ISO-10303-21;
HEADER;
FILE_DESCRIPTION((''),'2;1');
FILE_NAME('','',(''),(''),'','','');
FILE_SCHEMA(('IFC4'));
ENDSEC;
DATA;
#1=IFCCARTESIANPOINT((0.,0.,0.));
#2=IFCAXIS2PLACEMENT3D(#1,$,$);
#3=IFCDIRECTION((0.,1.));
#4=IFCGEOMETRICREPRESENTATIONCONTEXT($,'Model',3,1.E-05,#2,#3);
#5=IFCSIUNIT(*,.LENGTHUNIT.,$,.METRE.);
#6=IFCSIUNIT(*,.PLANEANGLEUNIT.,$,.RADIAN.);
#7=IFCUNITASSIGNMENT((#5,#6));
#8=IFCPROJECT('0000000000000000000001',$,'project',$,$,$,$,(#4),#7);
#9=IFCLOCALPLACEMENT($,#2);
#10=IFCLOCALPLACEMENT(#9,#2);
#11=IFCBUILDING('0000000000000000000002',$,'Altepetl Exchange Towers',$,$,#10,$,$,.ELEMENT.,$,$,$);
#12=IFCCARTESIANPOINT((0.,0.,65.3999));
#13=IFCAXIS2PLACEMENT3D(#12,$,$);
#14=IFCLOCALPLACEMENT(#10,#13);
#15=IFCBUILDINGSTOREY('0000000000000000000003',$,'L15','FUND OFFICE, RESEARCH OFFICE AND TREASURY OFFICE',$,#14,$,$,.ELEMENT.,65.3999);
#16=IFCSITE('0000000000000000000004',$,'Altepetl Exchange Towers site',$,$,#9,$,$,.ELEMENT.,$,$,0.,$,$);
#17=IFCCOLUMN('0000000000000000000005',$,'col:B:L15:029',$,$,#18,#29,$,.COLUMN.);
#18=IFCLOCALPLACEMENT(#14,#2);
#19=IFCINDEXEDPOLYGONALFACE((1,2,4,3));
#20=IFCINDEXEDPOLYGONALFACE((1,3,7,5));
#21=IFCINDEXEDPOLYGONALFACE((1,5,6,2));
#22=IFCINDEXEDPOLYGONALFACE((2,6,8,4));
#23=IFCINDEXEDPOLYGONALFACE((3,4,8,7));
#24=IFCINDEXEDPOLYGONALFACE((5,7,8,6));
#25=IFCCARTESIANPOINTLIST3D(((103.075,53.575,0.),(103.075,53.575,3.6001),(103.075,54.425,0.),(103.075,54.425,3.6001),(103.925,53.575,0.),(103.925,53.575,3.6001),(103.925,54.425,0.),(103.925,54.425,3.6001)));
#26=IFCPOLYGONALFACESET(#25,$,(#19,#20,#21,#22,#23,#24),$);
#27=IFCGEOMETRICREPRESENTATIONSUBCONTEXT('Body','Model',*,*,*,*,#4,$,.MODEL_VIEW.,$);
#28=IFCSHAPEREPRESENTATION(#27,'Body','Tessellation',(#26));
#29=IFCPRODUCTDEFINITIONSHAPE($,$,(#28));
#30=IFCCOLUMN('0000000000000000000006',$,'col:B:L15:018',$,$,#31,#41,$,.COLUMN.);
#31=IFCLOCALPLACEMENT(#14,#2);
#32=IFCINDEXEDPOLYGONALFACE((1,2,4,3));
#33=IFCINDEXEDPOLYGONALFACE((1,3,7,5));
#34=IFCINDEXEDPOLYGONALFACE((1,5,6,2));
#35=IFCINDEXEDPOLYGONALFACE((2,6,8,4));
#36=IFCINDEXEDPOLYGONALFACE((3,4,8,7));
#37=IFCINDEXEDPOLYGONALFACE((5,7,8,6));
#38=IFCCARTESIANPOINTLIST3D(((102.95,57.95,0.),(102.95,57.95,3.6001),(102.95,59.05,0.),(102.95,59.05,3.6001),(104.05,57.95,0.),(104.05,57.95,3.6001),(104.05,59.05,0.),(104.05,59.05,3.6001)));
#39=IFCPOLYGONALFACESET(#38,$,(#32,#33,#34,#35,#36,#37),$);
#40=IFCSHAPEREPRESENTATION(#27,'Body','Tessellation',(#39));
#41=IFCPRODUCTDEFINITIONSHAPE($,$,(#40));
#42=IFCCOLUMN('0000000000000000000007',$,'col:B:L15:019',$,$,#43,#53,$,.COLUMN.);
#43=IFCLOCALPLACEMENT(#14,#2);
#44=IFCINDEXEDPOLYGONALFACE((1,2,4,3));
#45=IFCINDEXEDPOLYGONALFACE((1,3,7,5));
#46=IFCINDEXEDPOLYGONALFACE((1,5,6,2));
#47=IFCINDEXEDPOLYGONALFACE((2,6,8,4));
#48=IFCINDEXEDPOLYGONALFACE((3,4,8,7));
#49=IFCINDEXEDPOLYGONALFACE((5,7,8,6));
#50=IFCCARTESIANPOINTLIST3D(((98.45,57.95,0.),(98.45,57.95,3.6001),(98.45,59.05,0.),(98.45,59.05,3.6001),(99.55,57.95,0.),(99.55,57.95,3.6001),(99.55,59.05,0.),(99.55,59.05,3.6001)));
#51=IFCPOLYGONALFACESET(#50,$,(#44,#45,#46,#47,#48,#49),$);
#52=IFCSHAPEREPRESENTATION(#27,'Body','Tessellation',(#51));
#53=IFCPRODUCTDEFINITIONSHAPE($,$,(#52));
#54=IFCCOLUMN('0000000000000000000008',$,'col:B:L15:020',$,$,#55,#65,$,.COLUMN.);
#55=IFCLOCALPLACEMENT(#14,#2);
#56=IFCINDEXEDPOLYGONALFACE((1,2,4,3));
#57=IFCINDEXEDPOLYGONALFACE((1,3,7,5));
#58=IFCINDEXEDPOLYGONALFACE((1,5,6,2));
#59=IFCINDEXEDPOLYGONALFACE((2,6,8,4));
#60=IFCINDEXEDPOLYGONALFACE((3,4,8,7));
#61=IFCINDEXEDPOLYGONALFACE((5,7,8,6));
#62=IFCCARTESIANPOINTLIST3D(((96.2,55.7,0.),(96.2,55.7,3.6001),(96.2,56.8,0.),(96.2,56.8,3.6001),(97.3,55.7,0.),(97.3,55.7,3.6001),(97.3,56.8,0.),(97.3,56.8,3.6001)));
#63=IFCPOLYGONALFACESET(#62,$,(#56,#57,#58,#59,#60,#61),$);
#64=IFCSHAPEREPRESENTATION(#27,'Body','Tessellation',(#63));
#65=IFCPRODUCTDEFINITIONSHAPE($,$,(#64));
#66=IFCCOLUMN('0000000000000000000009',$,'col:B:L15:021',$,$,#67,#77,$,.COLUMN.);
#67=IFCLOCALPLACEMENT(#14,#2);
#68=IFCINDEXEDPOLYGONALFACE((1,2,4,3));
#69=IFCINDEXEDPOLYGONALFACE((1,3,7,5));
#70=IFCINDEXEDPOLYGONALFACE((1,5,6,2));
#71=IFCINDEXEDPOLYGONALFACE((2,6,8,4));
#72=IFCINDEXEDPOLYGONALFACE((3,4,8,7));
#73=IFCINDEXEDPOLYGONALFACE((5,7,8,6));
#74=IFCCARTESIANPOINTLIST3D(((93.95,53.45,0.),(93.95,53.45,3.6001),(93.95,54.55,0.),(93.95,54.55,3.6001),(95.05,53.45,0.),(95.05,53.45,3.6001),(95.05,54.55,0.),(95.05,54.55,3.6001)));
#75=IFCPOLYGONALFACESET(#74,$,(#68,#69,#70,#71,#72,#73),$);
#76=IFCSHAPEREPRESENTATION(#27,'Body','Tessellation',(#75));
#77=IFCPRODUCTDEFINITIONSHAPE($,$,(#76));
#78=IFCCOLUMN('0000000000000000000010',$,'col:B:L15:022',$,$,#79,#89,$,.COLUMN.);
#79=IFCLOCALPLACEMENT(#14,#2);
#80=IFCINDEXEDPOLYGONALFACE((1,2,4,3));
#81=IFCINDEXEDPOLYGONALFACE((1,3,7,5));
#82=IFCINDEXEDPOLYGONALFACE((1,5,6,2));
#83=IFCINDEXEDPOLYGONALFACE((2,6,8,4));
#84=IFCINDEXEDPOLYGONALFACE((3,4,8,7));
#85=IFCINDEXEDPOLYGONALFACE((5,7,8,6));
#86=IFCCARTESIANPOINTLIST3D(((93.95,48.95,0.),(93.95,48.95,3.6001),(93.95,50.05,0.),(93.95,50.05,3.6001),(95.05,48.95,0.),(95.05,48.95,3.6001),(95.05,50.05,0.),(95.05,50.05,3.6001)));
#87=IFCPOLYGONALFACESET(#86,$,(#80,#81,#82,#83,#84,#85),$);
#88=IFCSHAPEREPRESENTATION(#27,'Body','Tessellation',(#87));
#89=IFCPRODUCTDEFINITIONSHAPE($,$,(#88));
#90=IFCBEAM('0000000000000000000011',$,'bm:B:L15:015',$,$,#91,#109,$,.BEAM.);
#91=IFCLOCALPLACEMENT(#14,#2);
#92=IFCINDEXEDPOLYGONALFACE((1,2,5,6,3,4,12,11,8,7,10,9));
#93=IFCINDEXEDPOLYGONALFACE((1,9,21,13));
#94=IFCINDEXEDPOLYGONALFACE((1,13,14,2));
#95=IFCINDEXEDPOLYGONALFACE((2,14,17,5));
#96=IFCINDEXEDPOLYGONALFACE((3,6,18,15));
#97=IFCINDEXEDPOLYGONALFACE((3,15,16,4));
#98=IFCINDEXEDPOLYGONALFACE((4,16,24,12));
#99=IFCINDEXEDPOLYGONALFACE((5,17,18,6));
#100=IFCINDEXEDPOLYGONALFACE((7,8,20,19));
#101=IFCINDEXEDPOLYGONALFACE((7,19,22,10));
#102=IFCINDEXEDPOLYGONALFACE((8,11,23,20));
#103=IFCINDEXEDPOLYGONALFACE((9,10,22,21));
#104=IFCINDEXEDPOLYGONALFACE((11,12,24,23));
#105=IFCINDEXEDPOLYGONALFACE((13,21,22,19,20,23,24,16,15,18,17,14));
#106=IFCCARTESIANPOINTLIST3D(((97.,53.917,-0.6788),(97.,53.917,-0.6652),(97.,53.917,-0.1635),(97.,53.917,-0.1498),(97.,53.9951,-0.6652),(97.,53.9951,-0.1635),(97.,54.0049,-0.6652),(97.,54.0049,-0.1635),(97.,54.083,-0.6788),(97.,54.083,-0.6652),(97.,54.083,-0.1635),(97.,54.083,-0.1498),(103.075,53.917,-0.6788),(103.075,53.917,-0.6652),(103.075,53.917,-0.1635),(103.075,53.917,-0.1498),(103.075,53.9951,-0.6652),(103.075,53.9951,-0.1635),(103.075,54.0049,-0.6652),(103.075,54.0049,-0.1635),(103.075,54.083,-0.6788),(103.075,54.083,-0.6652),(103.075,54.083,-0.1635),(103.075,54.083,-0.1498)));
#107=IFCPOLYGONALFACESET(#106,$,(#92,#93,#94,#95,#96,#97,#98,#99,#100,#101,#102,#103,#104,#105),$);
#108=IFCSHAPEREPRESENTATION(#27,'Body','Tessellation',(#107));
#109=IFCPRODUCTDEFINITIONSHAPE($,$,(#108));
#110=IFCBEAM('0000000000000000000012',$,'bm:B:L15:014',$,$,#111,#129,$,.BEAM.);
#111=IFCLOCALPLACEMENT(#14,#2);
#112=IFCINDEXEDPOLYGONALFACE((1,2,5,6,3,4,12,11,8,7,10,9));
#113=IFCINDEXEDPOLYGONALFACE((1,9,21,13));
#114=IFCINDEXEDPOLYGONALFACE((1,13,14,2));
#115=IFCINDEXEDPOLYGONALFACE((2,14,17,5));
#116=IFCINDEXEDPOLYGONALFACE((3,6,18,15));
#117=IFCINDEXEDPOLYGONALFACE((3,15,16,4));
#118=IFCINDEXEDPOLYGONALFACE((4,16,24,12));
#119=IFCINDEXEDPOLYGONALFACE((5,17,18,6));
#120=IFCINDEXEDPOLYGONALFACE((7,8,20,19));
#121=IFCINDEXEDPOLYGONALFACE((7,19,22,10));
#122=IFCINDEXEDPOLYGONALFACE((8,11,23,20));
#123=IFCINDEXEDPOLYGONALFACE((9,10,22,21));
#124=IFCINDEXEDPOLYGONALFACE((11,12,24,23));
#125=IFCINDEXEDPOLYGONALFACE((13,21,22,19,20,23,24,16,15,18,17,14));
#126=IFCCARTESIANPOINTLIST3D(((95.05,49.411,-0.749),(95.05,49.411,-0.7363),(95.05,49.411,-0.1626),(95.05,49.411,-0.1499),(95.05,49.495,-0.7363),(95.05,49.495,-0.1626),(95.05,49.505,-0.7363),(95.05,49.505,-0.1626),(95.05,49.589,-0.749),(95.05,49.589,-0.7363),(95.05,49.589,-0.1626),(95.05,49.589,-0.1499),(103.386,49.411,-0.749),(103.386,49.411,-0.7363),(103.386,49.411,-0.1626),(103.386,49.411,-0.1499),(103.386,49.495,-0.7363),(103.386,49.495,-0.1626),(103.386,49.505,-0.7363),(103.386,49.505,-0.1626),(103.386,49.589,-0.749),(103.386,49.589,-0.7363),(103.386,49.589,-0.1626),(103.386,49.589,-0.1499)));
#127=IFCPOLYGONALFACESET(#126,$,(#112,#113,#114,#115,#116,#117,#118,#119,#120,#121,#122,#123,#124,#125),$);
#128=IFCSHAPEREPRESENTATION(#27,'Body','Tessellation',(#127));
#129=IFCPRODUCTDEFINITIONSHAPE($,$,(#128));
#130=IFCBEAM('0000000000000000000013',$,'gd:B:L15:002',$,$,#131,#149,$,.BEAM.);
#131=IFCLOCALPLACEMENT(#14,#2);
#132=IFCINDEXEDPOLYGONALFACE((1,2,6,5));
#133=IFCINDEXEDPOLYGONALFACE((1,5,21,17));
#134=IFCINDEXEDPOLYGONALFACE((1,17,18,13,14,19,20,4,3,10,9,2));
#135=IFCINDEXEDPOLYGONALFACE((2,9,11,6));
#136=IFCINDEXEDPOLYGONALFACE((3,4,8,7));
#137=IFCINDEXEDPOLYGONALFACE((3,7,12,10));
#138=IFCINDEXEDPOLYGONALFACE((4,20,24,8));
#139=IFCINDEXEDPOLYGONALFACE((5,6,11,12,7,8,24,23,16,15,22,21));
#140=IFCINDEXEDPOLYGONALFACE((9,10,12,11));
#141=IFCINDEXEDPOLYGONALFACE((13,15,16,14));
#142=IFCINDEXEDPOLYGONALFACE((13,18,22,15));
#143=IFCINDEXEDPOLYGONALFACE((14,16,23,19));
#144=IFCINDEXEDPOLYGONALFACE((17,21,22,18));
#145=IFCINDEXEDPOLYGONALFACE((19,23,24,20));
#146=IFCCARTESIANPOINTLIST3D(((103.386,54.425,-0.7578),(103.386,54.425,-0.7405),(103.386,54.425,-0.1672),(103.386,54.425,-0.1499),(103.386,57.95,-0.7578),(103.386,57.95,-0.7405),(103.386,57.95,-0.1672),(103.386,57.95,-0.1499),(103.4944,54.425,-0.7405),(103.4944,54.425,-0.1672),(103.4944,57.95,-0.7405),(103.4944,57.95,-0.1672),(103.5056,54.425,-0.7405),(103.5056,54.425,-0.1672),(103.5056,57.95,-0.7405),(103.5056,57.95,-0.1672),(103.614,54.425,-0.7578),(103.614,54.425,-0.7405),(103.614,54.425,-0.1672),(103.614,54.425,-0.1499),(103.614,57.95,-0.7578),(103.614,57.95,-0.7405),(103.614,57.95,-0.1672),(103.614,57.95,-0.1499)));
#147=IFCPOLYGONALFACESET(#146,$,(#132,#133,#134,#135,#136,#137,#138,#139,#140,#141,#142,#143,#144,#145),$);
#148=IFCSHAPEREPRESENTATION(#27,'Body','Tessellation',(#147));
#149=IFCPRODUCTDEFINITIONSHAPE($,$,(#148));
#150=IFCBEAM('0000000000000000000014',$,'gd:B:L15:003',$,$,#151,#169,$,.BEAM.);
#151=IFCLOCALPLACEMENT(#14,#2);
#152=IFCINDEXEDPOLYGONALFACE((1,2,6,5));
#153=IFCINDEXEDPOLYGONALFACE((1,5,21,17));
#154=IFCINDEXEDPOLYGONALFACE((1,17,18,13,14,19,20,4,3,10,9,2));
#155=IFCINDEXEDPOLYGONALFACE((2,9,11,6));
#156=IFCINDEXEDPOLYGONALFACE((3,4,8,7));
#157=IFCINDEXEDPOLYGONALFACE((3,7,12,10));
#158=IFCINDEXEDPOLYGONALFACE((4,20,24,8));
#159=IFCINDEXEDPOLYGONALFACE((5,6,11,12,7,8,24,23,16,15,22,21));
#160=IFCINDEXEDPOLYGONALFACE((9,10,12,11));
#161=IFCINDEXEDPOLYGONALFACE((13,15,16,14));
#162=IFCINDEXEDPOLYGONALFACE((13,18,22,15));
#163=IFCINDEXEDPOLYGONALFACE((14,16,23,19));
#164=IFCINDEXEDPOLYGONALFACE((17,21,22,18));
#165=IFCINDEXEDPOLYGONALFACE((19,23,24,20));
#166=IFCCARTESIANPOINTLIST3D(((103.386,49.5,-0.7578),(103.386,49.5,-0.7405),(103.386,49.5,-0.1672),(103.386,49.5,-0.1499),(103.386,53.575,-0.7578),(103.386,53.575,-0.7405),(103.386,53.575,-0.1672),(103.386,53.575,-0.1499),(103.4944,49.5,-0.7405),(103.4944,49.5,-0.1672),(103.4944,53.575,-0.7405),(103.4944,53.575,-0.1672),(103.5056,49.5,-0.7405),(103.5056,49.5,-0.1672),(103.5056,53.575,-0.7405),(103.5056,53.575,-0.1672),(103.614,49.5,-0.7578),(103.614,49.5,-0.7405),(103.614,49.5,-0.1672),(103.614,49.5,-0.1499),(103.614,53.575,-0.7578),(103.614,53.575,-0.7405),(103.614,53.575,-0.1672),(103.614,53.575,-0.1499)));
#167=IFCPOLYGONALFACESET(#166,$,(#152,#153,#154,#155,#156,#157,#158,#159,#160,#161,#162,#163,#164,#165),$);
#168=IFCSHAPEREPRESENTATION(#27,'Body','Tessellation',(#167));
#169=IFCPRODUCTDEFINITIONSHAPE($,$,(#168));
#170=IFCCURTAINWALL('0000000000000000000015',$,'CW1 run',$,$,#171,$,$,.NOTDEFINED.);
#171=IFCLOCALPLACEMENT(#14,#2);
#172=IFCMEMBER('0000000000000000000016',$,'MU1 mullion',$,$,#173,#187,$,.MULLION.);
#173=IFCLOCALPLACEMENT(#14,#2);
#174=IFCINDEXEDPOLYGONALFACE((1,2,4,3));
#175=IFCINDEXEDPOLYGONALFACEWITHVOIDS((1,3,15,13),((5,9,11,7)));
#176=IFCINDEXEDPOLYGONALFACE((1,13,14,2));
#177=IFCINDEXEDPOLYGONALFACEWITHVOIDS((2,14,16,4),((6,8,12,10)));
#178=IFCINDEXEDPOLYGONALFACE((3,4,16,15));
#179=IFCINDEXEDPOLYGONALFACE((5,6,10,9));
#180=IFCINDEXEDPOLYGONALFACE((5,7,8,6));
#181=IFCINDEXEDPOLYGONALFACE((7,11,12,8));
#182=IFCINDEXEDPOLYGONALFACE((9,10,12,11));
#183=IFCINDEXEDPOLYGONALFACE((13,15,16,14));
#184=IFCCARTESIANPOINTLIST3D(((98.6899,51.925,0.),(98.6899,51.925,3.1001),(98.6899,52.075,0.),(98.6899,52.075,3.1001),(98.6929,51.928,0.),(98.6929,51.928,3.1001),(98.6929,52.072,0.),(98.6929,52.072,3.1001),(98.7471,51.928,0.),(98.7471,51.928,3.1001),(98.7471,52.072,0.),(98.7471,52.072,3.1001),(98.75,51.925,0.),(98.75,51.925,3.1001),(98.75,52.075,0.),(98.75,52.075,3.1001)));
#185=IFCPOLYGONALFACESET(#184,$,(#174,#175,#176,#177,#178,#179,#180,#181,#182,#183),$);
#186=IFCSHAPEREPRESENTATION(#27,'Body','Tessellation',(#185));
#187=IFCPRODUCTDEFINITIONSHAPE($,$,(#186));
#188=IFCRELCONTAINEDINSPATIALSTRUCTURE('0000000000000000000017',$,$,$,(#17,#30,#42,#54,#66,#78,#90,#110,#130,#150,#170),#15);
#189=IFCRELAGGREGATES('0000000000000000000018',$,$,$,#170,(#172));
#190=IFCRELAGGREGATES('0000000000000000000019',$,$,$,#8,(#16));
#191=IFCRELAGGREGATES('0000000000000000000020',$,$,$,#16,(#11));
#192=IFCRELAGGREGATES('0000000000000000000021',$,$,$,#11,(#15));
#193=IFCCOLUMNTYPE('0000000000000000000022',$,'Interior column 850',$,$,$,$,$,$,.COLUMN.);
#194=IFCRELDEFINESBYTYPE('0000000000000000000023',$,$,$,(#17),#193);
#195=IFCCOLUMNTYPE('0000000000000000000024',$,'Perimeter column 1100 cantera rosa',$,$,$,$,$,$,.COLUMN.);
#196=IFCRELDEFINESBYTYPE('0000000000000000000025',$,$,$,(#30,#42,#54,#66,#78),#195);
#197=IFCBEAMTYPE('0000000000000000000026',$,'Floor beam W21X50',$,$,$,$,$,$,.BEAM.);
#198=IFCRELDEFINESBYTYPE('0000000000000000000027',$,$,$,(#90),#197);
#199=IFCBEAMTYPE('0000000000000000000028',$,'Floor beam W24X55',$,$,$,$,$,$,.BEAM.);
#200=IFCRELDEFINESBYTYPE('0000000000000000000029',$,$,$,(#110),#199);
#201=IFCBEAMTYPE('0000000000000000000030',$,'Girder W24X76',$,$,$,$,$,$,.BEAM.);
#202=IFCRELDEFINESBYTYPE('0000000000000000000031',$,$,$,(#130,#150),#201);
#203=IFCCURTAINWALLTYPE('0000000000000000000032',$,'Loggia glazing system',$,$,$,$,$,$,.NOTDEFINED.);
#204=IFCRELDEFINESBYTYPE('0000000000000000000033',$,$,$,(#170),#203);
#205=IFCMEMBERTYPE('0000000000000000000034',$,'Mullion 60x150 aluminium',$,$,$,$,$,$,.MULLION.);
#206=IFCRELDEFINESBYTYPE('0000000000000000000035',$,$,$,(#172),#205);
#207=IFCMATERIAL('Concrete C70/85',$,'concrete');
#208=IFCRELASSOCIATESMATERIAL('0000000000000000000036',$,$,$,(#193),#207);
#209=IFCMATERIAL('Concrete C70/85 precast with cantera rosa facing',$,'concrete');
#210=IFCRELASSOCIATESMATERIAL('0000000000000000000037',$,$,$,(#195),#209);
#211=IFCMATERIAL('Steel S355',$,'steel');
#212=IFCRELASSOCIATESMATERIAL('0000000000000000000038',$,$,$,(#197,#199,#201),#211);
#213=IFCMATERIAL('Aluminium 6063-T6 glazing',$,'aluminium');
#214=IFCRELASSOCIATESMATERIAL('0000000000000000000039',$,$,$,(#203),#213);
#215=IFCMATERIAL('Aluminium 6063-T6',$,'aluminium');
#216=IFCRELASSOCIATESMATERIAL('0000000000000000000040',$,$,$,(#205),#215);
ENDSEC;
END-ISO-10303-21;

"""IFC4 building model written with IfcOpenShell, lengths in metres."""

from ifc_helpers import new_model, si_unit, direction, frame, origin, origin_2d, place, context, subcontext, project, spatial, rectangle, hollow_rectangle, i_section, extrude, material, material_profile, profile_set, type_object, element, aggregate, save


model = new_model("IFC4")

# Units and contexts
model_context = context("Model", 3, precision=1e-05, world=origin(), true_north=direction((0.0, 1.0)))
body_context = subcontext(model_context, "Body", "Model", "MODEL_VIEW")
ifc_project = project(units=[si_unit("LENGTHUNIT", "METRE"), si_unit("PLANEANGLEUNIT", "RADIAN")], contexts=[model_context])

# Site, building, storey
site_placement = place(None, origin())
site = spatial("IfcSite", under=ifc_project, at=site_placement, Name="Altepetl Exchange Towers site", CompositionType="ELEMENT", RefElevation=0.0)
building_placement = place(site_placement, origin())
building = spatial("IfcBuilding", under=site, at=building_placement, Name="Altepetl Exchange Towers", CompositionType="ELEMENT")
storey_placement = place(building_placement, frame((0.0, 0.0, 65.3999)))
storey = spatial("IfcBuildingStorey", under=building, at=storey_placement, Name="L15", Description="FUND OFFICE, RESEARCH OFFICE AND TREASURY OFFICE", CompositionType="ELEMENT", Elevation=65.3999)

# Columns
ifc_material_1 = material(Name="Concrete C70/85", Category="concrete")
ifc_material_profile_1 = material_profile(ifc_material_1, rectangle(XDim=0.8501, YDim=0.8501, at=origin_2d()), Name="850 x 850")
ifc_profile_set_1 = profile_set([ifc_material_profile_1], Name="Concrete C70/85")
column_type_1 = type_object("IfcColumnType", Name="Interior column 850", PredefinedType="COLUMN", material=ifc_profile_set_1)
column_placement = place(storey_placement, frame((103.5, 54.0, 0.0)))
element("IfcColumn", 1, at=column_placement, inside=storey, type_object=column_type_1, Name="col:B:L15:029", PredefinedType="COLUMN", context=body_context, shape_type="SweptSolid", body=[
    extrude(rectangle(XDim=0.8501, YDim=0.8501, at=origin_2d()), origin(), (0.0, 0.0, 1.0), 3.6001),
])
ifc_material_2 = material(Name="Concrete C70/85 precast with cantera rosa facing", Category="concrete")
ifc_material_profile_2 = material_profile(ifc_material_2, rectangle(XDim=1.1001, YDim=1.1001, at=origin_2d()), Name="1100 x 1100")
ifc_profile_set_2 = profile_set([ifc_material_profile_2], Name="Concrete C70/85 precast with cantera rosa facing")
column_type_2 = type_object("IfcColumnType", Name="Perimeter column 1100 cantera rosa", PredefinedType="COLUMN", material=ifc_profile_set_2)
for number, where, name in (
    (2, (103.5, 58.5, 0.0), "col:B:L15:018"),
    (3, (99.0, 58.5, 0.0), "col:B:L15:019"),
    (4, (96.75, 56.25, 0.0), "col:B:L15:020"),
    (5, (94.5, 54.0, 0.0), "col:B:L15:021"),
    (6, (94.5, 49.5, 0.0), "col:B:L15:022"),
):
    element("IfcColumn", number, at=place(storey_placement, frame(where)), inside=storey, type_object=column_type_2, Name=name, PredefinedType="COLUMN", context=body_context, shape_type="SweptSolid", body=[
        extrude(rectangle(XDim=1.1001, YDim=1.1001, at=origin_2d()), origin(), (0.0, 0.0, 1.0), 3.6001),
    ])

# Beams
ifc_material_3 = material(Name="Steel S355", Category="steel")
ifc_material_profile_3 = material_profile(ifc_material_3, i_section(OverallWidth=0.166, OverallDepth=0.5291, WebThickness=0.0098, FlangeThickness=0.0137, at=origin_2d()), Name="W21X50")
ifc_profile_set_3 = profile_set([ifc_material_profile_3], Name="Steel S355")
beam_type_1 = type_object("IfcBeamType", Name="Floor beam W21X50", PredefinedType="BEAM", material=ifc_profile_set_3)
beam_1_placement = place(storey_placement, frame((97.0, 54.0, -0.4143), z_axis=(1.0, 0.0, 0.0), x_axis=(0.0, 1.0, 0.0)))
element("IfcBeam", 7, at=beam_1_placement, inside=storey, type_object=beam_type_1, Name="bm:B:L15:015", PredefinedType="BEAM", context=body_context, shape_type="SweptSolid", body=[
    extrude(i_section(OverallWidth=0.166, OverallDepth=0.5291, WebThickness=0.0098, FlangeThickness=0.0137, at=origin_2d()), origin(), (0.0, 0.0, 1.0), 6.075),
])
ifc_material_profile_4 = material_profile(ifc_material_3, i_section(OverallWidth=0.178, OverallDepth=0.5991, WebThickness=0.01, FlangeThickness=0.0127, at=origin_2d()), Name="W24X55")
ifc_profile_set_4 = profile_set([ifc_material_profile_4], Name="Steel S355")
beam_type_2 = type_object("IfcBeamType", Name="Floor beam W24X55", PredefinedType="BEAM", material=ifc_profile_set_4)
beam_2_placement = place(storey_placement, frame((95.05, 49.5, -0.4495), z_axis=(1.0, 0.0, 0.0), x_axis=(0.0, 1.0, 0.0)))
element("IfcBeam", 8, at=beam_2_placement, inside=storey, type_object=beam_type_2, Name="bm:B:L15:014", PredefinedType="BEAM", context=body_context, shape_type="SweptSolid", body=[
    extrude(i_section(OverallWidth=0.178, OverallDepth=0.5991, WebThickness=0.01, FlangeThickness=0.0127, at=origin_2d()), origin(), (0.0, 0.0, 1.0), 8.3359),
])
ifc_material_profile_5 = material_profile(ifc_material_3, i_section(OverallWidth=0.228, OverallDepth=0.6079, WebThickness=0.0112, FlangeThickness=0.0173, at=origin_2d()), Name="W24X76")
ifc_profile_set_5 = profile_set([ifc_material_profile_5], Name="Steel S355")
beam_type_3 = type_object("IfcBeamType", Name="Girder W24X76", PredefinedType="BEAM", material=ifc_profile_set_5)
beam_3_placement = place(storey_placement, frame((103.5, 57.95, -0.4539), z_axis=(0.0, -1.0, 0.0), x_axis=(1.0, 0.0, 0.0)))
element("IfcBeam", 9, at=beam_3_placement, inside=storey, type_object=beam_type_3, Name="gd:B:L15:002", PredefinedType="BEAM", context=body_context, shape_type="SweptSolid", body=[
    extrude(i_section(OverallWidth=0.228, OverallDepth=0.6079, WebThickness=0.0112, FlangeThickness=0.0173, at=origin_2d()), origin(), (0.0, 0.0, 1.0), 3.5249),
])
beam_4_placement = place(storey_placement, frame((103.5, 53.575, -0.4539), z_axis=(0.0, -1.0, 0.0), x_axis=(1.0, 0.0, 0.0)))
element("IfcBeam", 10, at=beam_4_placement, inside=storey, type_object=beam_type_3, Name="gd:B:L15:003", PredefinedType="BEAM", context=body_context, shape_type="SweptSolid", body=[
    extrude(i_section(OverallWidth=0.228, OverallDepth=0.6079, WebThickness=0.0112, FlangeThickness=0.0173, at=origin_2d()), origin(), (0.0, 0.0, 1.0), 4.075),
])

# Curtain wall, member
ifc_material_4 = material(Name="Aluminium 6063-T6 glazing", Category="aluminium")
curtain_wall_type = type_object("IfcCurtainWallType", Name="Loggia glazing system", PredefinedType="NOTDEFINED", material=ifc_material_4)
curtain_wall_1_placement = place(storey_placement, origin())
curtain_wall_1 = element("IfcCurtainWall", 11, at=curtain_wall_1_placement, inside=storey, type_object=curtain_wall_type, Name="CW1 run", PredefinedType="NOTDEFINED")
ifc_material_5 = material(Name="Aluminium 6063-T6", Category="aluminium")
ifc_material_profile_6 = material_profile(ifc_material_5, hollow_rectangle(XDim=0.0601, YDim=0.1499, WallThickness=0.0029, at=origin_2d()), Name="Mullion 60x150 aluminium")
ifc_profile_set_6 = profile_set([ifc_material_profile_6], Name="Aluminium 6063-T6")
member_type = type_object("IfcMemberType", Name="Mullion 60x150 aluminium", PredefinedType="MULLION", material=ifc_profile_set_6)
member_1_placement = place(storey_placement, frame((98.72, 52.0, 0.0), z_axis=(0.0, 0.0, 1.0), x_axis=(-1.0, 0.0, 0.0)))
member_1 = element("IfcMember", 12, at=member_1_placement, type_object=member_type, Name="MU1 mullion", PredefinedType="MULLION", context=body_context, shape_type="SweptSolid", body=[
    extrude(hollow_rectangle(XDim=0.0601, YDim=0.1499, WallThickness=0.0029, at=origin_2d()), origin(), (0.0, 0.0, 1.0), 3.1001),
])

aggregate(curtain_wall_1, [member_1])

save(model, "model.ifc")
